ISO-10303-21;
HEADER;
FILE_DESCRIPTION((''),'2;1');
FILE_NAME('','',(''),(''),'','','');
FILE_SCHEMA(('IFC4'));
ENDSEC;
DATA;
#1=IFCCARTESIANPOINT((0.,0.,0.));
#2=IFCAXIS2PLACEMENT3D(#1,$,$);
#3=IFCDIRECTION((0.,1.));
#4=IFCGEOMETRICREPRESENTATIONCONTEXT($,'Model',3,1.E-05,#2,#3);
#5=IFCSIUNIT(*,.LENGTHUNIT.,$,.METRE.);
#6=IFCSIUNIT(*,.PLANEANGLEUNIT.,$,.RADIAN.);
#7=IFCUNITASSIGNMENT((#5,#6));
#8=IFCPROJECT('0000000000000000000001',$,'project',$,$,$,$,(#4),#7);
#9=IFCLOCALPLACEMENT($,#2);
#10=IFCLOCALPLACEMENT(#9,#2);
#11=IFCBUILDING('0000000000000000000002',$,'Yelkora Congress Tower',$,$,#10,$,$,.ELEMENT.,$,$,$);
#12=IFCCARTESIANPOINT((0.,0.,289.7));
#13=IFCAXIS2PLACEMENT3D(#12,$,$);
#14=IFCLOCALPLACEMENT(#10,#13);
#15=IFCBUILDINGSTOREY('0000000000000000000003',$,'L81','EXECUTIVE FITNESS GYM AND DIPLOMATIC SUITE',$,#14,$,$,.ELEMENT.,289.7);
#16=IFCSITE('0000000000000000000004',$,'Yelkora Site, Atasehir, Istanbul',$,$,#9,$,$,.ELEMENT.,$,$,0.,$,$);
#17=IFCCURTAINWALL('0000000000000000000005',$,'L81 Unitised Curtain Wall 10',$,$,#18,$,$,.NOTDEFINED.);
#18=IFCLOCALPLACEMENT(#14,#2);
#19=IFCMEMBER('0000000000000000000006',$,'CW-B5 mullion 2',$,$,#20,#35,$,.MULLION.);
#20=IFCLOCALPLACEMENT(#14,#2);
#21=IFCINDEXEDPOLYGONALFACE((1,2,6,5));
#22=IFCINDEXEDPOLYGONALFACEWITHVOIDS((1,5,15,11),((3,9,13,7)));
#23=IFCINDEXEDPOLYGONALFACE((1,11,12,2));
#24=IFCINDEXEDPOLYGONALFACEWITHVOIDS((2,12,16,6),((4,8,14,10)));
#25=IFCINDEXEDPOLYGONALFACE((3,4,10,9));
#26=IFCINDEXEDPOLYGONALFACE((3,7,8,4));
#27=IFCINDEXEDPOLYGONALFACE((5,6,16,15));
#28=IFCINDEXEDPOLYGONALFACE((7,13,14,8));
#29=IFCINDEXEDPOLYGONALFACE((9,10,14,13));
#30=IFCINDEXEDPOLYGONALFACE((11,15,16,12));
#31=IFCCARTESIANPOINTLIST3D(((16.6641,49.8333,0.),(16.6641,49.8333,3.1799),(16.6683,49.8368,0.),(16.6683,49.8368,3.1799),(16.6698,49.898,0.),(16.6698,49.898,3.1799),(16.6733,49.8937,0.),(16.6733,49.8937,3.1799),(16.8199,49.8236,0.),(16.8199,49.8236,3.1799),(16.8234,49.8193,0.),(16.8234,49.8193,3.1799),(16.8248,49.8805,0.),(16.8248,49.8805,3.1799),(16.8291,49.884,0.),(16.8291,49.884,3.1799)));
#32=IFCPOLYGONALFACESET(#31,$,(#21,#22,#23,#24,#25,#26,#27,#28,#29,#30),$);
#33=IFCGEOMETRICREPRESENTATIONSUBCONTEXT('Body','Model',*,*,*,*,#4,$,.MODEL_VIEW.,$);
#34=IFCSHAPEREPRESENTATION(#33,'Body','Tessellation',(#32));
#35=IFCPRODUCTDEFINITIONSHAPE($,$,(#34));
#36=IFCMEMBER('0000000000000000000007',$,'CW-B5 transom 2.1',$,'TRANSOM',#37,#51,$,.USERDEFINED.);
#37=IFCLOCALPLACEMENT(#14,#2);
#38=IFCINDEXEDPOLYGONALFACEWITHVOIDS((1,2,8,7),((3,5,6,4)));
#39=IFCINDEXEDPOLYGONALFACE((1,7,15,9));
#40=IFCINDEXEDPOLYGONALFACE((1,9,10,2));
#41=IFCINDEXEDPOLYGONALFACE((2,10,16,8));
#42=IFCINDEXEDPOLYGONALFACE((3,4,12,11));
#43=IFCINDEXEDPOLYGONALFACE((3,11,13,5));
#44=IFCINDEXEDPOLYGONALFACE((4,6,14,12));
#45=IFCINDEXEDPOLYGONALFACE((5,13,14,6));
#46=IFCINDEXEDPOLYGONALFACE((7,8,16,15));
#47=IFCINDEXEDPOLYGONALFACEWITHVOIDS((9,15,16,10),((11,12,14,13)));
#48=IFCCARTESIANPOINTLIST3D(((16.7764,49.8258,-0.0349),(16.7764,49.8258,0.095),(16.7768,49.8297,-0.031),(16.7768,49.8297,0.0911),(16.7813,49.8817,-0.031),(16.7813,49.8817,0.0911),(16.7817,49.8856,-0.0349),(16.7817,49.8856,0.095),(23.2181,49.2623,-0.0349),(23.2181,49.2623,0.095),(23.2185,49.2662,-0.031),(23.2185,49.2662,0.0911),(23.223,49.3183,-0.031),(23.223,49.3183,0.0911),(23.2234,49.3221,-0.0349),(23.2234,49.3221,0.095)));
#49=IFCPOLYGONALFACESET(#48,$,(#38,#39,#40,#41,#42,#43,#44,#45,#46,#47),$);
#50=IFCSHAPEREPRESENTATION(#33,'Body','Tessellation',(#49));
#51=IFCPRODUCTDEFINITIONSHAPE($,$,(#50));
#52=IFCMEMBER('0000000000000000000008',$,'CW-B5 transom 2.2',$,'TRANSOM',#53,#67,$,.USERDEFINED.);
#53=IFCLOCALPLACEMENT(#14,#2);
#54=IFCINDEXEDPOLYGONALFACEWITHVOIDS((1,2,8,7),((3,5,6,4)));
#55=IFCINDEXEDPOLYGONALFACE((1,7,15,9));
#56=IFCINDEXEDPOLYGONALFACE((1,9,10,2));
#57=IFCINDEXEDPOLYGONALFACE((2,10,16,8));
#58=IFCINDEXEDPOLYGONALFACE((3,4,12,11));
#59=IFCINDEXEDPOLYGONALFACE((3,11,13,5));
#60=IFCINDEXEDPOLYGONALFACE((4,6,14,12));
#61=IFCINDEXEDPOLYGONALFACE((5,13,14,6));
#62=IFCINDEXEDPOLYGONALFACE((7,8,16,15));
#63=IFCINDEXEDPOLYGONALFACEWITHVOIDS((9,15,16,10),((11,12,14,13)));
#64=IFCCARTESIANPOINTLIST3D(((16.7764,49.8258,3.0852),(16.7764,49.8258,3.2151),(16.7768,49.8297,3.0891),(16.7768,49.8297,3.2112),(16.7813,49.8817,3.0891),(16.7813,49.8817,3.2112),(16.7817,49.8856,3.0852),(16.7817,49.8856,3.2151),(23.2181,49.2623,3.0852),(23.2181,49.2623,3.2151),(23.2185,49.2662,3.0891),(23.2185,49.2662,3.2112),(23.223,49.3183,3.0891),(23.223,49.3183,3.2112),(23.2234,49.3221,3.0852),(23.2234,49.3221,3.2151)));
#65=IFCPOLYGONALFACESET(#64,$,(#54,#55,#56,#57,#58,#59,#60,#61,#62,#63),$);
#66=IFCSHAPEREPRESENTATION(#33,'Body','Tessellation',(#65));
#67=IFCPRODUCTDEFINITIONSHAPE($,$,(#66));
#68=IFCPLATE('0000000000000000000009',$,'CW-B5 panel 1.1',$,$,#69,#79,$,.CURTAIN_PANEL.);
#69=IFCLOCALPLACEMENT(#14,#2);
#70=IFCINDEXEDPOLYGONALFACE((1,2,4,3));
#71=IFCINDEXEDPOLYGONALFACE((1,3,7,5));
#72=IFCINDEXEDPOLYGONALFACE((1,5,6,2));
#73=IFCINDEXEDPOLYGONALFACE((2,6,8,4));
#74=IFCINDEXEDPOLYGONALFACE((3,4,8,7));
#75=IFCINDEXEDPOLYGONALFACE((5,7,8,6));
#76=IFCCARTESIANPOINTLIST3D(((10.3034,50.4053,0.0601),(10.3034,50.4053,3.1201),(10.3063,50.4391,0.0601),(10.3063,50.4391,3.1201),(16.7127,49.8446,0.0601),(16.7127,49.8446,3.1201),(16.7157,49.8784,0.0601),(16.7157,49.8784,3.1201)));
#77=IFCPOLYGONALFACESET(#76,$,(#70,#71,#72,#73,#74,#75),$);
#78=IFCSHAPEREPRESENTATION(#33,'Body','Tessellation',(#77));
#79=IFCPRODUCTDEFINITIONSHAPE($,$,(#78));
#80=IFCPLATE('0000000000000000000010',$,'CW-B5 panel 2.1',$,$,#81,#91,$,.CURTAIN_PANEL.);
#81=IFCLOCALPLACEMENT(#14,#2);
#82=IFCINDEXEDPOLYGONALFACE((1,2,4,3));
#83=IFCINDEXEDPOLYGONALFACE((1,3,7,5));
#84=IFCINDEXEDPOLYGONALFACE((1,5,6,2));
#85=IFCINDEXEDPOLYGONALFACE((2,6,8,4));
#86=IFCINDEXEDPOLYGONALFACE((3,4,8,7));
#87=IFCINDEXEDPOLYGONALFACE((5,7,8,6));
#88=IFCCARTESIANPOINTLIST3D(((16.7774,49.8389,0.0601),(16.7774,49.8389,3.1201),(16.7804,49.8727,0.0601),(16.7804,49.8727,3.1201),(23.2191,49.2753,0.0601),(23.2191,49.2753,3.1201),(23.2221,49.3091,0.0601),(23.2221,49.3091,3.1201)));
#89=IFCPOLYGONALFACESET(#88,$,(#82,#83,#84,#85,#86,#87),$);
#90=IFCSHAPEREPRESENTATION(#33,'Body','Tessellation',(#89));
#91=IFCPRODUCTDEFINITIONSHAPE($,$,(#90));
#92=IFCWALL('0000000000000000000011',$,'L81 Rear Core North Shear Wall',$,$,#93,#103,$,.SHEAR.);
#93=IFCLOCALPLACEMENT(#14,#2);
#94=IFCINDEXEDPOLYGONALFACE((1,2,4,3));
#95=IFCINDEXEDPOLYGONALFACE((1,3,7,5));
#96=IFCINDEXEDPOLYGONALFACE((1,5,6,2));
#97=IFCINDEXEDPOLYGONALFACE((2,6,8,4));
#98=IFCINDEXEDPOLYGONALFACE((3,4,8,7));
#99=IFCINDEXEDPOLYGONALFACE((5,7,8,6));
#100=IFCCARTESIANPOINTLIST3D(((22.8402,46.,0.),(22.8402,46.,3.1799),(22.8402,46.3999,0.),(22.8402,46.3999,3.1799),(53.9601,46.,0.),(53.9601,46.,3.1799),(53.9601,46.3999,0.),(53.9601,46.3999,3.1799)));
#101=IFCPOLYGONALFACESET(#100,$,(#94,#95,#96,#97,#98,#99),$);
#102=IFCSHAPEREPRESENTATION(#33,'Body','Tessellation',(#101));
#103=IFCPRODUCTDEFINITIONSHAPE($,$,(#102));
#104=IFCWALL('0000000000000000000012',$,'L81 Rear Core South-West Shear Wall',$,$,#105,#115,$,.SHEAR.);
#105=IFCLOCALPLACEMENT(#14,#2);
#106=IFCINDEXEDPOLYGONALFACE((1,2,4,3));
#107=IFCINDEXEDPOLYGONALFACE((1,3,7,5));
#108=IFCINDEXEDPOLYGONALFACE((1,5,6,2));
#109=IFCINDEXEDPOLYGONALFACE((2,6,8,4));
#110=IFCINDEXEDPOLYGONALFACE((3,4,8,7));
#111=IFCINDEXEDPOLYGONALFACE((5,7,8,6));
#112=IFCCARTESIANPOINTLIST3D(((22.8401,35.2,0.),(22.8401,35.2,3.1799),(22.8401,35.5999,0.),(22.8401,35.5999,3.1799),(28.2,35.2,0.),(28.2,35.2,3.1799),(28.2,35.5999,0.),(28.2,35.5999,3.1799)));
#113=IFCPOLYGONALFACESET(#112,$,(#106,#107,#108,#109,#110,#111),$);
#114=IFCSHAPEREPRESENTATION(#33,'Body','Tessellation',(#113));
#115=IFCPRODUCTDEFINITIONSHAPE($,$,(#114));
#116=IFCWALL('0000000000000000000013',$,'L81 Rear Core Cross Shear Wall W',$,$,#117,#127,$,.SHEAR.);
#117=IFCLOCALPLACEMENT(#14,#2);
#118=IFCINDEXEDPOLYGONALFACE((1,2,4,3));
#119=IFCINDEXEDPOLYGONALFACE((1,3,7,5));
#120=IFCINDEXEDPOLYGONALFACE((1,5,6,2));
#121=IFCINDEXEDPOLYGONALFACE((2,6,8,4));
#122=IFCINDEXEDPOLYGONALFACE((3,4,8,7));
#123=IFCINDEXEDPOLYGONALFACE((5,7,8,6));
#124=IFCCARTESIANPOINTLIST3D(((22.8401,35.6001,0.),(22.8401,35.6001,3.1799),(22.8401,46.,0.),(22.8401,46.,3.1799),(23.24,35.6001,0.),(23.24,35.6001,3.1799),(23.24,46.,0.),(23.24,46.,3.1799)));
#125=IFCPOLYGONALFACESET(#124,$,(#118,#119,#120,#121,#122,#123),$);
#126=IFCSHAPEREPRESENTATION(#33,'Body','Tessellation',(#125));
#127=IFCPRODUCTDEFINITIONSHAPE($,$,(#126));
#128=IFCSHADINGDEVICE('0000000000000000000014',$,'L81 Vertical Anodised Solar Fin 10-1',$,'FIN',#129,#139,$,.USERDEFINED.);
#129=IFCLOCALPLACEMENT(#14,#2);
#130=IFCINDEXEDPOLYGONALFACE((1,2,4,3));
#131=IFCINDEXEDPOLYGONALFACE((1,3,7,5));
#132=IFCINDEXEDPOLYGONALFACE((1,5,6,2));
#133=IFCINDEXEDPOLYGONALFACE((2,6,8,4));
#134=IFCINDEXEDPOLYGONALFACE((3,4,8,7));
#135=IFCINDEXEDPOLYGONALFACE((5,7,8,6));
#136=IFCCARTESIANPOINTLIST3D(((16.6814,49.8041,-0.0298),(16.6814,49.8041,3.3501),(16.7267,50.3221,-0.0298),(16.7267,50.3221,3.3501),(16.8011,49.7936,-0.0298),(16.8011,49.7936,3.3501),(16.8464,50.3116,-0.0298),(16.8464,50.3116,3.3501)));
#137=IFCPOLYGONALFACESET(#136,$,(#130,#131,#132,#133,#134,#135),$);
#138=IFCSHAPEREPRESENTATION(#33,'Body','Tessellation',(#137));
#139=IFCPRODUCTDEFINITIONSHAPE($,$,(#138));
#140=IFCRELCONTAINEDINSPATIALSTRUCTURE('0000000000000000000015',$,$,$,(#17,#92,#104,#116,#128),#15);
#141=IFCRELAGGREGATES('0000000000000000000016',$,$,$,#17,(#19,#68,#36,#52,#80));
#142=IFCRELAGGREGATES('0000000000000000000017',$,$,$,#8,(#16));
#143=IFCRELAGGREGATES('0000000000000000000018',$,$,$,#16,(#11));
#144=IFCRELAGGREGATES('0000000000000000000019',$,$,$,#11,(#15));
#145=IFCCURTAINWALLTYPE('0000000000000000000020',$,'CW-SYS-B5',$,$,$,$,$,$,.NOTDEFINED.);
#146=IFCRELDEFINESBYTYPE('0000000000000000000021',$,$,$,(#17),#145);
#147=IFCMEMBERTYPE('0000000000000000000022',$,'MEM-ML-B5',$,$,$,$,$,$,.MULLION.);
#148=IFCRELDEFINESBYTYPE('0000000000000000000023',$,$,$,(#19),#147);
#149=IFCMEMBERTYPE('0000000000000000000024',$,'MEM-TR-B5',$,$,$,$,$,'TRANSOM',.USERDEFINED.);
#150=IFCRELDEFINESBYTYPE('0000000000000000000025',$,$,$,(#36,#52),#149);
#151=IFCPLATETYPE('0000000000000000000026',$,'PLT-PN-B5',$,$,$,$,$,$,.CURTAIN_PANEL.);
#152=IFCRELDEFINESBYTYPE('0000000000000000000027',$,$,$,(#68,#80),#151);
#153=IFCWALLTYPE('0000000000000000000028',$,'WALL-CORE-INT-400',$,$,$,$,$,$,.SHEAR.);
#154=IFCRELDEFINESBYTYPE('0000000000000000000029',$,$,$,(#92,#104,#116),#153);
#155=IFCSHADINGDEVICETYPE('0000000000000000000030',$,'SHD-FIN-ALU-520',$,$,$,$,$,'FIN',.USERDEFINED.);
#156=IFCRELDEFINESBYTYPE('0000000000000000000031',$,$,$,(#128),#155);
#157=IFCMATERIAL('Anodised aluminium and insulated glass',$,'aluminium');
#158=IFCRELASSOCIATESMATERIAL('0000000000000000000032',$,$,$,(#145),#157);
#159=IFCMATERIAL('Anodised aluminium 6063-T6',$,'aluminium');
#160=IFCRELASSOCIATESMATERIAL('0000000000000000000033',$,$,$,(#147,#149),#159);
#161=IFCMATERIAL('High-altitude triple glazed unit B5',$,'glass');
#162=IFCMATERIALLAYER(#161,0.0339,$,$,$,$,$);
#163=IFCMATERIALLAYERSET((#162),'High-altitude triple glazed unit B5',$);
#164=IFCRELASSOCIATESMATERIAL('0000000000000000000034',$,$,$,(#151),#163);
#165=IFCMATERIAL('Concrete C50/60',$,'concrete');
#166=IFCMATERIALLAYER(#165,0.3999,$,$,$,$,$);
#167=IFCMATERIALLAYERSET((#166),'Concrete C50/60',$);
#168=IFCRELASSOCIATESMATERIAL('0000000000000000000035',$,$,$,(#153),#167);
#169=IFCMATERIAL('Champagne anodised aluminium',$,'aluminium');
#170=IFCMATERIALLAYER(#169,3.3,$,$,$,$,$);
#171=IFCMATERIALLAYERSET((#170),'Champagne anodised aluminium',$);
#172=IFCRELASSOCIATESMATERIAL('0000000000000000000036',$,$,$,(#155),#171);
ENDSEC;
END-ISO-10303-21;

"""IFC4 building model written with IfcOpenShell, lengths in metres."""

from ifc_helpers import new_model, si_unit, direction, frame, frame_2d, origin, origin_2d, place, context, subcontext, project, spatial, rectangle, hollow_rectangle, extrude, material, layer, layer_set, material_profile, profile_set, type_object, element, aggregate, save


model = new_model("IFC4")

# Units and contexts
model_context = context("Model", 3, precision=1e-05, world=origin(), true_north=direction((0.0, 1.0)))
body_context = subcontext(model_context, "Body", "Model", "MODEL_VIEW")
ifc_project = project(units=[si_unit("LENGTHUNIT", "METRE"), si_unit("PLANEANGLEUNIT", "RADIAN")], contexts=[model_context])

# Site, building, storey
site_placement = place(None, origin())
site = spatial("IfcSite", under=ifc_project, at=site_placement, Name="Yelkora Site, Atasehir, Istanbul", CompositionType="ELEMENT", RefElevation=0.0)
building_placement = place(site_placement, origin())
building = spatial("IfcBuilding", under=site, at=building_placement, Name="Yelkora Congress Tower", CompositionType="ELEMENT")
storey_placement = place(building_placement, frame((0.0, 0.0, 289.7)))
storey = spatial("IfcBuildingStorey", under=building, at=storey_placement, Name="L81", Description="EXECUTIVE FITNESS GYM AND DIPLOMATIC SUITE", CompositionType="ELEMENT", Elevation=289.7)

# Curtain wall, members, plates
ifc_material_1 = material(Name="Anodised aluminium and insulated glass", Category="aluminium")
curtain_wall_type = type_object("IfcCurtainWallType", Name="CW-SYS-B5", PredefinedType="NOTDEFINED", material=ifc_material_1)
curtain_wall_placement = place(storey_placement, origin())
curtain_wall = element("IfcCurtainWall", 1, at=curtain_wall_placement, inside=storey, type_object=curtain_wall_type, Name="L81 Unitised Curtain Wall 10", PredefinedType="NOTDEFINED")
ifc_material_2 = material(Name="Anodised aluminium 6063-T6", Category="aluminium")
ifc_material_profile_1 = material_profile(ifc_material_2, hollow_rectangle(XDim=0.0649, YDim=0.1599, WallThickness=0.0039, at=origin_2d()), Name="ALU 65x160x4")
ifc_profile_set_1 = profile_set([ifc_material_profile_1], Name="Anodised aluminium 6063-T6")
member_type_1 = type_object("IfcMemberType", Name="MEM-ML-B5", PredefinedType="MULLION", material=ifc_profile_set_1)
member_1_placement = place(storey_placement, frame((16.7466, 49.8586, 0.0), z_axis=(0.0, 0.0, 1.0), x_axis=(0.087157, 0.996195, 0.0)))
member_1 = element("IfcMember", 2, at=member_1_placement, type_object=member_type_1, Name="CW-B5 mullion 2", PredefinedType="MULLION", context=body_context, shape_type="SweptSolid", body=[
    extrude(hollow_rectangle(XDim=0.0649, YDim=0.1599, WallThickness=0.0039, at=origin_2d()), origin(), (0.0, 0.0, 1.0), 3.1799),
])
ifc_material_profile_2 = material_profile(ifc_material_2, hollow_rectangle(XDim=0.0601, YDim=0.1299, WallThickness=0.0039, at=origin_2d()), Name="ALU 60x130x4")
ifc_profile_set_2 = profile_set([ifc_material_profile_2], Name="Anodised aluminium 6063-T6")
member_type_2 = type_object("IfcMemberType", Name="MEM-TR-B5", ElementType="TRANSOM", PredefinedType="USERDEFINED", material=ifc_profile_set_2)
member_2_placement = place(storey_placement, frame((16.7791, 49.8557, 0.03), z_axis=(0.996196, -0.087141, 0.0), x_axis=(0.087141, 0.996196, 0.0)))
member_2 = element("IfcMember", 3, at=member_2_placement, type_object=member_type_2, Name="CW-B5 transom 2.1", ObjectType="TRANSOM", PredefinedType="USERDEFINED", context=body_context, shape_type="SweptSolid", body=[
    extrude(hollow_rectangle(XDim=0.0601, YDim=0.1299, WallThickness=0.0039, at=origin_2d()), origin(), (0.0, 0.0, 1.0), 6.4663),
])
member_3_placement = place(storey_placement, frame((16.7791, 49.8557, 3.1501), z_axis=(0.996196, -0.087141, 0.0), x_axis=(0.087141, 0.996196, 0.0)))
member_3 = element("IfcMember", 4, at=member_3_placement, type_object=member_type_2, Name="CW-B5 transom 2.2", ObjectType="TRANSOM", PredefinedType="USERDEFINED", context=body_context, shape_type="SweptSolid", body=[
    extrude(hollow_rectangle(XDim=0.0601, YDim=0.1299, WallThickness=0.0039, at=origin_2d()), origin(), (0.0, 0.0, 1.0), 6.4663),
])
ifc_material_3 = material(Name="High-altitude triple glazed unit B5", Category="glass")
ifc_layer_1 = layer(ifc_material_3, 0.0339)
ifc_layer_set_1 = layer_set([ifc_layer_1], Name="High-altitude triple glazed unit B5")
plate_type = type_object("IfcPlateType", Name="PLT-PN-B5", PredefinedType="CURTAIN_PANEL", material=ifc_layer_set_1)
plate_1_placement = place(storey_placement, frame((13.5095, 50.1418, 0.0601), z_axis=(0.0, 0.0, 1.0), x_axis=(0.996195, -0.087157, 0.0)))
plate_1 = element("IfcPlate", 5, at=plate_1_placement, type_object=plate_type, Name="CW-B5 panel 1.1", PredefinedType="CURTAIN_PANEL", context=body_context, shape_type="SweptSolid", body=[
    extrude(rectangle(XDim=6.4338, YDim=0.0339, at=origin_2d()), origin(), (0.0, 0.0, 1.0), 3.0601),
])
plate_2_placement = place(storey_placement, frame((19.9998, 49.574, 0.0601), z_axis=(0.0, 0.0, 1.0), x_axis=(0.996195, -0.087157, 0.0)))
plate_2 = element("IfcPlate", 6, at=plate_2_placement, type_object=plate_type, Name="CW-B5 panel 2.1", PredefinedType="CURTAIN_PANEL", context=body_context, shape_type="SweptSolid", body=[
    extrude(rectangle(XDim=6.4663, YDim=0.0339, at=origin_2d()), origin(), (0.0, 0.0, 1.0), 3.0601),
])
aggregate(curtain_wall, [member_1, plate_1, member_2, member_3, plate_2])

# Walls
ifc_material_4 = material(Name="Concrete C50/60", Category="concrete")
ifc_layer_2 = layer(ifc_material_4, 0.3999)
ifc_layer_set_2 = layer_set([ifc_layer_2], Name="Concrete C50/60")
wall_type = type_object("IfcWallType", Name="WALL-CORE-INT-400", PredefinedType="SHEAR", material=ifc_layer_set_2)
wall_1_placement = place(storey_placement, frame((22.8401, 46.2, 0.0), z_axis=(0.0, 0.0, 1.0), x_axis=(1.0, 0.0, 0.0)))
element("IfcWall", 7, at=wall_1_placement, inside=storey, type_object=wall_type, Name="L81 Rear Core North Shear Wall", PredefinedType="SHEAR", context=body_context, shape_type="SweptSolid", body=[
    extrude(rectangle(XDim=31.1199, YDim=0.3999, at=frame_2d((15.5601, 0.0))), origin(), (0.0, 0.0, 1.0), 3.1799),
])
wall_2_placement = place(storey_placement, frame((22.8401, 35.3999, 0.0), z_axis=(0.0, 0.0, 1.0), x_axis=(1.0, 0.0, 0.0)))
element("IfcWall", 8, at=wall_2_placement, inside=storey, type_object=wall_type, Name="L81 Rear Core South-West Shear Wall", PredefinedType="SHEAR", context=body_context, shape_type="SweptSolid", body=[
    extrude(rectangle(XDim=5.3599, YDim=0.3999, at=frame_2d((2.6799, 0.0))), origin(), (0.0, 0.0, 1.0), 3.1799),
])
wall_3_placement = place(storey_placement, frame((23.04, 35.6001, 0.0), z_axis=(0.0, 0.0, 1.0), x_axis=(0.0, 1.0, 0.0)))
element("IfcWall", 9, at=wall_3_placement, inside=storey, type_object=wall_type, Name="L81 Rear Core Cross Shear Wall W", PredefinedType="SHEAR", context=body_context, shape_type="SweptSolid", body=[
    extrude(rectangle(XDim=10.3999, YDim=0.3999, at=frame_2d((5.2, 0.0))), origin(), (0.0, 0.0, 1.0), 3.1799),
])

# Shading device
ifc_material_5 = material(Name="Champagne anodised aluminium", Category="aluminium")
ifc_layer_3 = layer(ifc_material_5, 3.3)
ifc_layer_set_3 = layer_set([ifc_layer_3], Name="Champagne anodised aluminium")
shading_device_type = type_object("IfcShadingDeviceType", Name="SHD-FIN-ALU-520", ElementType="FIN", PredefinedType="USERDEFINED", material=ifc_layer_set_3)
shading_device_placement = place(storey_placement, frame((16.7639, 50.0579, -0.0298), z_axis=(0.0, 0.0, 1.0), x_axis=(0.996195, -0.087156, 0.0)))
element("IfcShadingDevice", 10, at=shading_device_placement, inside=storey, type_object=shading_device_type, Name="L81 Vertical Anodised Solar Fin 10-1", ObjectType="FIN", PredefinedType="USERDEFINED", context=body_context, shape_type="SweptSolid", body=[
    extrude(rectangle(XDim=0.1201, YDim=0.52, at=origin_2d()), origin(), (0.0, 0.0, 1.0), 3.3799),
])

save(model, "model.ifc")
